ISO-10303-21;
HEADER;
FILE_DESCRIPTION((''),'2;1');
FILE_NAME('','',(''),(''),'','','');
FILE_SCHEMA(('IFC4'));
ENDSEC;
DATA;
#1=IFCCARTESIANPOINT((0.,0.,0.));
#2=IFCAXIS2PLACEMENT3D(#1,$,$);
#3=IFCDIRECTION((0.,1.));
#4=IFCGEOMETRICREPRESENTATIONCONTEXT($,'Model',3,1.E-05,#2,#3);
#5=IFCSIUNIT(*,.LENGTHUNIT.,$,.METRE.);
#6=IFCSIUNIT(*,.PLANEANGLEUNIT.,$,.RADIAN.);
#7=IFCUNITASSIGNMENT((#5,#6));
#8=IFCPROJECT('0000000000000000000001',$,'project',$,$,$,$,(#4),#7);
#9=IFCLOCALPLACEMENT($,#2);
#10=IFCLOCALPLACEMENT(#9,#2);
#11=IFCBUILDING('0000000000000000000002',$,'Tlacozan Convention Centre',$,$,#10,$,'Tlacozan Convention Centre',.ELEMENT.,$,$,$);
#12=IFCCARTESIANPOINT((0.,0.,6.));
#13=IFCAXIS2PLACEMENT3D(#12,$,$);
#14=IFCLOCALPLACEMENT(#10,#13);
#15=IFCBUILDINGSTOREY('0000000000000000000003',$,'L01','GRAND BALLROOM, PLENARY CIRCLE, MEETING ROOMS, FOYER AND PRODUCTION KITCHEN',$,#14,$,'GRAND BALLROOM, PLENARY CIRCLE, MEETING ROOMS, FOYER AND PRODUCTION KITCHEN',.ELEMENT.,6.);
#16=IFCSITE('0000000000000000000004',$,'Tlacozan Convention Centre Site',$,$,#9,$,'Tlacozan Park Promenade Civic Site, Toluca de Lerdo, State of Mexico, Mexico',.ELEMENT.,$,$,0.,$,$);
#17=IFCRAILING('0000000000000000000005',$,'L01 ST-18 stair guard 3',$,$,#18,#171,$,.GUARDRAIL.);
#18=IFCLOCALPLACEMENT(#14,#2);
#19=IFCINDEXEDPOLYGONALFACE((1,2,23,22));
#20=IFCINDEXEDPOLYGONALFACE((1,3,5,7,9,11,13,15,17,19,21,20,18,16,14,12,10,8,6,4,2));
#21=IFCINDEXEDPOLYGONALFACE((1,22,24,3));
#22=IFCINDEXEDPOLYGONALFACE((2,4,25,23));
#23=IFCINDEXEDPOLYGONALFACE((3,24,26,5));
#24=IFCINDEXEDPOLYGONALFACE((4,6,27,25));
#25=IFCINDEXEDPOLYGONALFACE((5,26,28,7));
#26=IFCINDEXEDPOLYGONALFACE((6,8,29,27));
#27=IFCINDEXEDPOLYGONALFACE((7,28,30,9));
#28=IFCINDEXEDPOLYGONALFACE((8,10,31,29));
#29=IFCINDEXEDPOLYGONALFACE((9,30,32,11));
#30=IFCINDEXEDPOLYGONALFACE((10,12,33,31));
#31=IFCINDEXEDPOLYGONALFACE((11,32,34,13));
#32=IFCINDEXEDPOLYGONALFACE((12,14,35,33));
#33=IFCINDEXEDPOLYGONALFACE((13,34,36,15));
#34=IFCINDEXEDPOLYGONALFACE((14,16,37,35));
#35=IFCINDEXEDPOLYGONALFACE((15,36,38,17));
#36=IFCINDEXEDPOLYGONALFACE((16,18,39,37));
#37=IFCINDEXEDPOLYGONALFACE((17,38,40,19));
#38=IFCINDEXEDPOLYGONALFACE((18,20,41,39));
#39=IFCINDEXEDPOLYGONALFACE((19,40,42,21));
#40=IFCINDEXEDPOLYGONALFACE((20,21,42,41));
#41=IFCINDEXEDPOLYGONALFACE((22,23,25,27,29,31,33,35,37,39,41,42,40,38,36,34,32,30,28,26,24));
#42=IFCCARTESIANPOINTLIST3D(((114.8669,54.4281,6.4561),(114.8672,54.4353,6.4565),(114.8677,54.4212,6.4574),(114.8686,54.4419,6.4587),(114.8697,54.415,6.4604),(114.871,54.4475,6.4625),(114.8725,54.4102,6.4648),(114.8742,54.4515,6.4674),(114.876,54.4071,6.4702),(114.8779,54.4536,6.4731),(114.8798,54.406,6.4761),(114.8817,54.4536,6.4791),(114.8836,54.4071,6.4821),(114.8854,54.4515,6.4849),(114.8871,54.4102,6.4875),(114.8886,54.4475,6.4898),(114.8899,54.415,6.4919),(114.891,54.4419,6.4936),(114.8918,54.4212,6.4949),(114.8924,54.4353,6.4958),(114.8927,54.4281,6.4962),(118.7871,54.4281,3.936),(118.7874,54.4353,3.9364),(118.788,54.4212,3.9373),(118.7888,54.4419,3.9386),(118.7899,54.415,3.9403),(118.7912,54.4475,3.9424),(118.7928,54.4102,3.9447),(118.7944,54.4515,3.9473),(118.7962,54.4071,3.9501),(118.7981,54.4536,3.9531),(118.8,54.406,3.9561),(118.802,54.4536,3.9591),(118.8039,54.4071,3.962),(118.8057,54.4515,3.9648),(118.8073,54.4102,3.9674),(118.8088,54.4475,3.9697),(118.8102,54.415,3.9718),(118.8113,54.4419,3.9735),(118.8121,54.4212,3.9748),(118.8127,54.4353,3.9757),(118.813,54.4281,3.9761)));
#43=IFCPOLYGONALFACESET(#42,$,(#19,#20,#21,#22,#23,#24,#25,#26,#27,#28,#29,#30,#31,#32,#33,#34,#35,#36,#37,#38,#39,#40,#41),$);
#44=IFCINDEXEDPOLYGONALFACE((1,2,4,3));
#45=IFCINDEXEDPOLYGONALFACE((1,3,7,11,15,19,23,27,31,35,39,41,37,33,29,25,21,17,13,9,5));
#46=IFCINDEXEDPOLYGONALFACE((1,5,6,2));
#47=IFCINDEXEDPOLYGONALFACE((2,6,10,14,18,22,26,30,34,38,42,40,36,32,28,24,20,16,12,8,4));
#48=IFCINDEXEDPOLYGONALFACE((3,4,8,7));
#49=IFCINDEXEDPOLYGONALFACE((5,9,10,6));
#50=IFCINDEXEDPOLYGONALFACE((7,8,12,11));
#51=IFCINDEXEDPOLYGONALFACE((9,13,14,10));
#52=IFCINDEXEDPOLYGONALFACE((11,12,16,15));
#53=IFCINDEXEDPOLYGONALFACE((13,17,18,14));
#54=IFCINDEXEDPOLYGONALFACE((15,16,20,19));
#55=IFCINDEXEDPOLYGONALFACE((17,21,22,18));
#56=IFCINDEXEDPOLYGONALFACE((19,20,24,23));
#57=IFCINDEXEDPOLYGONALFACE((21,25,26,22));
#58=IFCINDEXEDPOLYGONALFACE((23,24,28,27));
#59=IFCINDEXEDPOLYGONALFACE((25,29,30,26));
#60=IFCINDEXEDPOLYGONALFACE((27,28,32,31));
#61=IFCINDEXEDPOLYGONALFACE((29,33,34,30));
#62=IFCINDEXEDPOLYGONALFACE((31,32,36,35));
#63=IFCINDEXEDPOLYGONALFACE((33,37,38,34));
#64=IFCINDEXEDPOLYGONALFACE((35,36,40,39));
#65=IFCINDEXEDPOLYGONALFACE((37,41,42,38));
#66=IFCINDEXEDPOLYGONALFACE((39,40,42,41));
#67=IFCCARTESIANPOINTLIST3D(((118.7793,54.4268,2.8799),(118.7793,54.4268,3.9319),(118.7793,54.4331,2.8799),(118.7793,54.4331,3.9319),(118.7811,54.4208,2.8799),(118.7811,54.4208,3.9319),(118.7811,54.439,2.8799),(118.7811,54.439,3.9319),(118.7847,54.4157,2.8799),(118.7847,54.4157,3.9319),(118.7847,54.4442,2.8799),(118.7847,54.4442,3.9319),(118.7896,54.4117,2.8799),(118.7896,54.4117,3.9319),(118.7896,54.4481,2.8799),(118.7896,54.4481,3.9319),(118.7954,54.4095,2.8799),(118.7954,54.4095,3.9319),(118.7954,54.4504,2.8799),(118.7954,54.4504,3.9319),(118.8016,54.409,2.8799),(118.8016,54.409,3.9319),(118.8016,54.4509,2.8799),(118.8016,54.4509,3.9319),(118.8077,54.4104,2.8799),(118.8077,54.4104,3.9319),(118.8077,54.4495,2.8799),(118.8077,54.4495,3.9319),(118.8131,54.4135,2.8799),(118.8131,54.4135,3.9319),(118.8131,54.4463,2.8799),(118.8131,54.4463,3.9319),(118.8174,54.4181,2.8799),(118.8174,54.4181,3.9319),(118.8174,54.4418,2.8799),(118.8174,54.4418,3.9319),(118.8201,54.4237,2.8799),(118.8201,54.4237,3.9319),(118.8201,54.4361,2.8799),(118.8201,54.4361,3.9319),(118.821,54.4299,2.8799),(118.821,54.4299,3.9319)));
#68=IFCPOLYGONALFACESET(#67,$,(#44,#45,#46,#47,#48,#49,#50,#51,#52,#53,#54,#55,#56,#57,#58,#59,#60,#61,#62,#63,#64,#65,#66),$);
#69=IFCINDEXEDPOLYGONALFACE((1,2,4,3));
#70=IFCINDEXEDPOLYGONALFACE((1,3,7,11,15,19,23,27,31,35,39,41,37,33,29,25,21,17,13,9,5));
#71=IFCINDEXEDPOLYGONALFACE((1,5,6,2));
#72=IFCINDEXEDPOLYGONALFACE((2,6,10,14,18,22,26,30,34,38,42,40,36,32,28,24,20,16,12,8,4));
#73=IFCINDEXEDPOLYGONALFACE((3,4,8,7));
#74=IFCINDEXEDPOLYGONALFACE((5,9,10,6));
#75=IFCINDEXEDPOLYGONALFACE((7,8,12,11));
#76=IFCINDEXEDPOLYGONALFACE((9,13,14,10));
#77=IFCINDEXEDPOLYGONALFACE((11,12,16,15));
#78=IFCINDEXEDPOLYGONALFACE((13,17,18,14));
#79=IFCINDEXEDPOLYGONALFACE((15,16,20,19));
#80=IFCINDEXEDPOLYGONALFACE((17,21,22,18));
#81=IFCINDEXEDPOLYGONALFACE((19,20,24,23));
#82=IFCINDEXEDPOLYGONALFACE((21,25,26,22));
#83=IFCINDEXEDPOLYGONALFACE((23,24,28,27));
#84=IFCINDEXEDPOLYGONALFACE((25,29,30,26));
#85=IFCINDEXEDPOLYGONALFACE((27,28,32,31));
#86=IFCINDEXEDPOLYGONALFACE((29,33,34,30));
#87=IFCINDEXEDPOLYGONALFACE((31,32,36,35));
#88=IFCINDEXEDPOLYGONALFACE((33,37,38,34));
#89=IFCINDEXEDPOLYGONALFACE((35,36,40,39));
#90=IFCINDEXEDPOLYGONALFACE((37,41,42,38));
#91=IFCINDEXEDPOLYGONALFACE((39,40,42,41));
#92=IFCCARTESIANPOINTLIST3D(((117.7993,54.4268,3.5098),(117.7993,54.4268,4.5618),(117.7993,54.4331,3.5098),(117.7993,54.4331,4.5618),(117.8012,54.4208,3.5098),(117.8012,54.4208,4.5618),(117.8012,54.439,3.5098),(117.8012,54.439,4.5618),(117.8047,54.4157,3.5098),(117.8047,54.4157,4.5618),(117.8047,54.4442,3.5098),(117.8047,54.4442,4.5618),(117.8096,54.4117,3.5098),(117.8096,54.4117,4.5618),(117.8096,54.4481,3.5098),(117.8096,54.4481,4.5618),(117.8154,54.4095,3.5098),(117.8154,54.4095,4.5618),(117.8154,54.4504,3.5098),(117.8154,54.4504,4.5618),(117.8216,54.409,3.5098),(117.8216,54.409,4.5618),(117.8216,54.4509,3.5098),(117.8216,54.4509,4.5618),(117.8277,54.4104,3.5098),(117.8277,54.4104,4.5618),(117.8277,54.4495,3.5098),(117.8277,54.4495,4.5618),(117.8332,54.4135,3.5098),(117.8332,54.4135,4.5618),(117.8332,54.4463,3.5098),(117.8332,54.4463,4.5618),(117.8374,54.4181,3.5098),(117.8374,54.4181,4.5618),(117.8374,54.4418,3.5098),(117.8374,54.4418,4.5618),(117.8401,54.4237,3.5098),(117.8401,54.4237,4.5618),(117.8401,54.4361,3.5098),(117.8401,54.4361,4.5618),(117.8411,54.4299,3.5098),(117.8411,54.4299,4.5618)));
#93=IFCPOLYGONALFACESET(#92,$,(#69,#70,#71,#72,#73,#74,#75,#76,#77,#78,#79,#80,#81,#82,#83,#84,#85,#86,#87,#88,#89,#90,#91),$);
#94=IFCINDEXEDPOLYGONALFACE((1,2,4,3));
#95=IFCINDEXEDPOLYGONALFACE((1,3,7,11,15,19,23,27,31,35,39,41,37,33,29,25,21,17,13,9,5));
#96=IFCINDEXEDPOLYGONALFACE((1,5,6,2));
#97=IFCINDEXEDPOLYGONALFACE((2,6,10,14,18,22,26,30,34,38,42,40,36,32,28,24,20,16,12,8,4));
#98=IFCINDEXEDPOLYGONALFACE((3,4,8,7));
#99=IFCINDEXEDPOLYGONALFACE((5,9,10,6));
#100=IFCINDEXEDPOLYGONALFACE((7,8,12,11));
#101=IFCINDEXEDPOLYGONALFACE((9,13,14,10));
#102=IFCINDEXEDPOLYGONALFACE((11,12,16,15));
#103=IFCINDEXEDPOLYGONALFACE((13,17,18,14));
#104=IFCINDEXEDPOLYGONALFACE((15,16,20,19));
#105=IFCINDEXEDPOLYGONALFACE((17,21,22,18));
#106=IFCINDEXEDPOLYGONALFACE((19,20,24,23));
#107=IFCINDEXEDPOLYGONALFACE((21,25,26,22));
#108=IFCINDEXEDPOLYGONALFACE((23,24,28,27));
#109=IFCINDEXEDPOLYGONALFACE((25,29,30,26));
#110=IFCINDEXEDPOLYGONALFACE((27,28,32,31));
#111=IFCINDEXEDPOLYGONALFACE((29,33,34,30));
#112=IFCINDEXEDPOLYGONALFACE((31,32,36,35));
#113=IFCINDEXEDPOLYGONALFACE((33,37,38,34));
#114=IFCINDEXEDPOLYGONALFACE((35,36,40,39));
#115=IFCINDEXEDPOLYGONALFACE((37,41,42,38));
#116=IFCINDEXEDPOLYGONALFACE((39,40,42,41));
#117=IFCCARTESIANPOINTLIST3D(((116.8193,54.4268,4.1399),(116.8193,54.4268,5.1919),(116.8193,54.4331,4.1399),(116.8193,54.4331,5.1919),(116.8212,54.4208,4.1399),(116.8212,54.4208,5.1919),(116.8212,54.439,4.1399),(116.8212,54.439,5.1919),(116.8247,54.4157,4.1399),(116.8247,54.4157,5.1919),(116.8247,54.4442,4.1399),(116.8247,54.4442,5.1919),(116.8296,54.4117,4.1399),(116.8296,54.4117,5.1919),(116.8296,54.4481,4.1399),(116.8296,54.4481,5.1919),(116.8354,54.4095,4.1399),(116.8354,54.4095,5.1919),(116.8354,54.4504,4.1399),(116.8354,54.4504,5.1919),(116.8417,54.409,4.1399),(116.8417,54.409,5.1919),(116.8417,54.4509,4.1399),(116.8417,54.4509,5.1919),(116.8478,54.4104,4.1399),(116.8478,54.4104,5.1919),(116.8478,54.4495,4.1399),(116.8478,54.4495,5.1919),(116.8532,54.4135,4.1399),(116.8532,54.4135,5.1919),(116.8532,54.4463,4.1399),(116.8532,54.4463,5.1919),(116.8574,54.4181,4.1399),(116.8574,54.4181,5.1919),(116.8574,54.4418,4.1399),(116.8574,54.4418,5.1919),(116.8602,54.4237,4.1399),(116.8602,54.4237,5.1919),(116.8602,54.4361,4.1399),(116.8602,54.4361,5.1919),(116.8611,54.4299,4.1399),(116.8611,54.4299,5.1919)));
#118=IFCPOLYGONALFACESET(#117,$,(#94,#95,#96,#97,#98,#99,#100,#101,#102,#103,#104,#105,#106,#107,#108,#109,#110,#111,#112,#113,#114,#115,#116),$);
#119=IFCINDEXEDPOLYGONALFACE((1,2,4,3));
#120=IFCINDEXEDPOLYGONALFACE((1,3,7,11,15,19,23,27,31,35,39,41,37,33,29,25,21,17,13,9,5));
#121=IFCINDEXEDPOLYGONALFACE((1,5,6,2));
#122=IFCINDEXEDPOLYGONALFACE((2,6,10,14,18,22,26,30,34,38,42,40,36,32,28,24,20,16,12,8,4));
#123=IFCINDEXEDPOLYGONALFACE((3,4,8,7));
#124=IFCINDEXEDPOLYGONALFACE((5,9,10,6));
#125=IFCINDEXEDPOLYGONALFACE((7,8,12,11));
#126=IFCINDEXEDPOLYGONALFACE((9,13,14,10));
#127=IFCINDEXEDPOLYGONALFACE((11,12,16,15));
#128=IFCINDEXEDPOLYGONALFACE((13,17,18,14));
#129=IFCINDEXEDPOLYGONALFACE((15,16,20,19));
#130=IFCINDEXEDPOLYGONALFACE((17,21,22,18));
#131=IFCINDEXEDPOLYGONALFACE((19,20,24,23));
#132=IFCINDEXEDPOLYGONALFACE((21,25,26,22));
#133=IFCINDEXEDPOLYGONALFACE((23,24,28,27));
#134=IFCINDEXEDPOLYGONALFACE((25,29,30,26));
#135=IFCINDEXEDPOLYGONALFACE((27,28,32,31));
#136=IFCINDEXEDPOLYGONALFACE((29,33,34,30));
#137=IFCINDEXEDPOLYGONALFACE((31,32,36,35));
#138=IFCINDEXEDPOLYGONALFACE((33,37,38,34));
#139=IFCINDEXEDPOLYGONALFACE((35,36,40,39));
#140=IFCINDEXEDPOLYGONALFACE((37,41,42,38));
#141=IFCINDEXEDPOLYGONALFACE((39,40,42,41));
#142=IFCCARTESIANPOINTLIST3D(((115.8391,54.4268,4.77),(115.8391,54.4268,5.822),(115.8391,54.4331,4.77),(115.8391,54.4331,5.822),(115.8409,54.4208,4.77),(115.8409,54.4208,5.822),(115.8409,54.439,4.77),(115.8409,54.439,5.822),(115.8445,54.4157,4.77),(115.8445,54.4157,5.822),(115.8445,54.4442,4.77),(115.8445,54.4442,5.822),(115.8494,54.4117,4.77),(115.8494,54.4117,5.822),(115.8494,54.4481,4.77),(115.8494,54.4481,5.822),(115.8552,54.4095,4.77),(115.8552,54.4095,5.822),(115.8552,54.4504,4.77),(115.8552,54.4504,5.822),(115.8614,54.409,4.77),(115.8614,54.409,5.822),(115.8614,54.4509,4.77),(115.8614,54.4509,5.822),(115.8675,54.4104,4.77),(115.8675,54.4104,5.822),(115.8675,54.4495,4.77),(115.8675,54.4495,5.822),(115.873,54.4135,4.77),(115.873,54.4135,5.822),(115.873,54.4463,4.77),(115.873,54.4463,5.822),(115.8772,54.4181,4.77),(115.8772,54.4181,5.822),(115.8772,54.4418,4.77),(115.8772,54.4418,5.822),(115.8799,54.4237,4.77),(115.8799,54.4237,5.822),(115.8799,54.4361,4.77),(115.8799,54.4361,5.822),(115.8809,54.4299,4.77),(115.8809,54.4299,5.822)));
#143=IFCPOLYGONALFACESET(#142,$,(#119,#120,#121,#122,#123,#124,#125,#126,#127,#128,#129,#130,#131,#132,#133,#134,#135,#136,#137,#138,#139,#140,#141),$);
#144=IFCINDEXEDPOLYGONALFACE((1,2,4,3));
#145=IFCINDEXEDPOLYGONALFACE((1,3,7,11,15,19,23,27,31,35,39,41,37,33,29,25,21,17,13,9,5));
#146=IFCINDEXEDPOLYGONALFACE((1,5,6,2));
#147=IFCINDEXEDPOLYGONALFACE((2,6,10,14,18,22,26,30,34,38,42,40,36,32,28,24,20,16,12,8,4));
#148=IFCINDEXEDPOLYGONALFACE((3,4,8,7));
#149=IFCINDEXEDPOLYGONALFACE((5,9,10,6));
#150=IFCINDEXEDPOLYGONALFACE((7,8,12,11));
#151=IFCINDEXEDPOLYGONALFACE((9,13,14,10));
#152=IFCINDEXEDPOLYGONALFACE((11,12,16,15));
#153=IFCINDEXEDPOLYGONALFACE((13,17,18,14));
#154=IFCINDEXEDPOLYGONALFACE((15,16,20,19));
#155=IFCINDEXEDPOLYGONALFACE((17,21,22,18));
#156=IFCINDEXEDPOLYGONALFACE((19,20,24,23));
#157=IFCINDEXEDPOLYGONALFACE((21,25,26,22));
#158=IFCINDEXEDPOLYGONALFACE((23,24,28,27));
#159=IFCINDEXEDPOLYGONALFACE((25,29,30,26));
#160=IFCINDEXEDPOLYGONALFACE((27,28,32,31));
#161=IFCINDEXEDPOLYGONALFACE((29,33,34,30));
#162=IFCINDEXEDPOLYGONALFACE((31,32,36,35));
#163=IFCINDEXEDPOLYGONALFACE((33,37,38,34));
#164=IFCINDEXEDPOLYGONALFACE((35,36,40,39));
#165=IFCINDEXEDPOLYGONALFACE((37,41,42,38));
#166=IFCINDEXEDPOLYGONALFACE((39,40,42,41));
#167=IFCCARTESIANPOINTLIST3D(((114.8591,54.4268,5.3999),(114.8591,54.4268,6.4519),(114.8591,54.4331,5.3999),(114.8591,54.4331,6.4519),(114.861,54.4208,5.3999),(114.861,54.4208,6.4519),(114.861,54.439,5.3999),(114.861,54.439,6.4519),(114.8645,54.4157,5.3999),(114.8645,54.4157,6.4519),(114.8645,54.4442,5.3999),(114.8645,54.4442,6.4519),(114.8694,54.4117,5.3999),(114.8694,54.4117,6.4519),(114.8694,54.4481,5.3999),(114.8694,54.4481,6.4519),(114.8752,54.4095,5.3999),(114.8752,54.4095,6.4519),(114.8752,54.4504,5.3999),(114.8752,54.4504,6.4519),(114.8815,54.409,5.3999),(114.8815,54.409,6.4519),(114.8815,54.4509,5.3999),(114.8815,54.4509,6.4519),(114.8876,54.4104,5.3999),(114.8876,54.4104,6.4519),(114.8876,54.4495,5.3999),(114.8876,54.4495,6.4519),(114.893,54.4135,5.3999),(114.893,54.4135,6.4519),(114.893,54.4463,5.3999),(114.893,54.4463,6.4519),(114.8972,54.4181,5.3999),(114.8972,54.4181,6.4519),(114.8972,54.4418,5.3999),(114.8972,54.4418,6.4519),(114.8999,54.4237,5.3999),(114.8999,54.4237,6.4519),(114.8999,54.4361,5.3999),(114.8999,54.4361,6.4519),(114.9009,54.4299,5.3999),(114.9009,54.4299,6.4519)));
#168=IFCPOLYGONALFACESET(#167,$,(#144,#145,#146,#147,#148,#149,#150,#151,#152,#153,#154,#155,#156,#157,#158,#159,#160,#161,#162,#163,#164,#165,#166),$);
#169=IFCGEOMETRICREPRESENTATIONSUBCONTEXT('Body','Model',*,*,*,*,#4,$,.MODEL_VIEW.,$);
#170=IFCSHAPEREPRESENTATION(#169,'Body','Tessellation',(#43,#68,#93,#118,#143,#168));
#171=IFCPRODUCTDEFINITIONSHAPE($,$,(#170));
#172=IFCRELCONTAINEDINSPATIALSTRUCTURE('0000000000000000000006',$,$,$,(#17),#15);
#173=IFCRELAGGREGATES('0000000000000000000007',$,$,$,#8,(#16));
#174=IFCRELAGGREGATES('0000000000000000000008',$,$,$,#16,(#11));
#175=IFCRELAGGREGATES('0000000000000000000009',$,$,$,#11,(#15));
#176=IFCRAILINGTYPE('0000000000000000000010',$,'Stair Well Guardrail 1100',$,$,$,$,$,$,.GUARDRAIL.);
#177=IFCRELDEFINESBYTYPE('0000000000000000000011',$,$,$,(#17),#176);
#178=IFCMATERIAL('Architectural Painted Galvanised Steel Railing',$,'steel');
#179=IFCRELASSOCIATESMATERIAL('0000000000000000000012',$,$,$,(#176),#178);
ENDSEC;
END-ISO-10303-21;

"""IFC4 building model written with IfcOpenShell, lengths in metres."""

from ifc_helpers import new_model, si_unit, direction, frame, origin, origin_2d, place, context, subcontext, project, spatial, circle, extrude, material, type_object, element, save


model = new_model("IFC4")

# Units and contexts
model_context = context("Model", 3, precision=1e-05, world=origin(), true_north=direction((0.0, 1.0)))
body_context = subcontext(model_context, "Body", "Model", "MODEL_VIEW")
ifc_project = project(units=[si_unit("LENGTHUNIT", "METRE"), si_unit("PLANEANGLEUNIT", "RADIAN")], contexts=[model_context])

# Site, building, storey
site_placement = place(None, origin())
site = spatial("IfcSite", under=ifc_project, at=site_placement, Name="Tlacozan Convention Centre Site", LongName="Tlacozan Park Promenade Civic Site, Toluca de Lerdo, State of Mexico, Mexico", CompositionType="ELEMENT", RefElevation=0.0)
building_placement = place(site_placement, origin())
building = spatial("IfcBuilding", under=site, at=building_placement, Name="Tlacozan Convention Centre", LongName="Tlacozan Convention Centre", CompositionType="ELEMENT")
storey_placement = place(building_placement, frame((0.0, 0.0, 6.0)))
storey = spatial("IfcBuildingStorey", under=building, at=storey_placement, Name="L01", Description="GRAND BALLROOM, PLENARY CIRCLE, MEETING ROOMS, FOYER AND PRODUCTION KITCHEN", LongName="GRAND BALLROOM, PLENARY CIRCLE, MEETING ROOMS, FOYER AND PRODUCTION KITCHEN", CompositionType="ELEMENT", Elevation=6.0)

# Railing
ifc_material_1 = material(Name="Architectural Painted Galvanised Steel Railing", Category="steel")
railing_type_1 = type_object("IfcRailingType", Name="Stair Well Guardrail 1100", PredefinedType="GUARDRAIL", material=ifc_material_1)
railing_1_placement = place(storey_placement, frame((118.8, 54.4299, 2.8799)))
element("IfcRailing", 1, at=railing_1_placement, inside=storey, type_object=railing_type_1, Name="L01 ST-18 stair guard 3", PredefinedType="GUARDRAIL", context=body_context, shape_type="SweptSolid", body=[
    extrude(circle(Radius=0.0239, at=origin_2d()), frame((0.0, 0.0, 1.0762), z_axis=(-0.841187, 0.0, 0.540744), x_axis=(0.0, -1.0, 0.0)), (0.0, 0.0, 1.0), 4.6604),
    extrude(circle(Radius=0.021, at=origin_2d()), origin(), (0.0, 0.0, 1.0), 1.052),
    extrude(circle(Radius=0.021, at=origin_2d()), frame((-0.98, 0.0, 0.6299)), (0.0, 0.0, 1.0), 1.052),
    extrude(circle(Radius=0.021, at=origin_2d()), frame((-1.96, 0.0, 1.26)), (0.0, 0.0, 1.0), 1.052),
    extrude(circle(Radius=0.021, at=origin_2d()), frame((-2.9402, 0.0, 1.8901)), (0.0, 0.0, 1.0), 1.052),
    extrude(circle(Radius=0.021, at=origin_2d()), frame((-3.9202, 0.0, 2.52)), (0.0, 0.0, 1.0), 1.052),
])

save(model, "model.ifc")
